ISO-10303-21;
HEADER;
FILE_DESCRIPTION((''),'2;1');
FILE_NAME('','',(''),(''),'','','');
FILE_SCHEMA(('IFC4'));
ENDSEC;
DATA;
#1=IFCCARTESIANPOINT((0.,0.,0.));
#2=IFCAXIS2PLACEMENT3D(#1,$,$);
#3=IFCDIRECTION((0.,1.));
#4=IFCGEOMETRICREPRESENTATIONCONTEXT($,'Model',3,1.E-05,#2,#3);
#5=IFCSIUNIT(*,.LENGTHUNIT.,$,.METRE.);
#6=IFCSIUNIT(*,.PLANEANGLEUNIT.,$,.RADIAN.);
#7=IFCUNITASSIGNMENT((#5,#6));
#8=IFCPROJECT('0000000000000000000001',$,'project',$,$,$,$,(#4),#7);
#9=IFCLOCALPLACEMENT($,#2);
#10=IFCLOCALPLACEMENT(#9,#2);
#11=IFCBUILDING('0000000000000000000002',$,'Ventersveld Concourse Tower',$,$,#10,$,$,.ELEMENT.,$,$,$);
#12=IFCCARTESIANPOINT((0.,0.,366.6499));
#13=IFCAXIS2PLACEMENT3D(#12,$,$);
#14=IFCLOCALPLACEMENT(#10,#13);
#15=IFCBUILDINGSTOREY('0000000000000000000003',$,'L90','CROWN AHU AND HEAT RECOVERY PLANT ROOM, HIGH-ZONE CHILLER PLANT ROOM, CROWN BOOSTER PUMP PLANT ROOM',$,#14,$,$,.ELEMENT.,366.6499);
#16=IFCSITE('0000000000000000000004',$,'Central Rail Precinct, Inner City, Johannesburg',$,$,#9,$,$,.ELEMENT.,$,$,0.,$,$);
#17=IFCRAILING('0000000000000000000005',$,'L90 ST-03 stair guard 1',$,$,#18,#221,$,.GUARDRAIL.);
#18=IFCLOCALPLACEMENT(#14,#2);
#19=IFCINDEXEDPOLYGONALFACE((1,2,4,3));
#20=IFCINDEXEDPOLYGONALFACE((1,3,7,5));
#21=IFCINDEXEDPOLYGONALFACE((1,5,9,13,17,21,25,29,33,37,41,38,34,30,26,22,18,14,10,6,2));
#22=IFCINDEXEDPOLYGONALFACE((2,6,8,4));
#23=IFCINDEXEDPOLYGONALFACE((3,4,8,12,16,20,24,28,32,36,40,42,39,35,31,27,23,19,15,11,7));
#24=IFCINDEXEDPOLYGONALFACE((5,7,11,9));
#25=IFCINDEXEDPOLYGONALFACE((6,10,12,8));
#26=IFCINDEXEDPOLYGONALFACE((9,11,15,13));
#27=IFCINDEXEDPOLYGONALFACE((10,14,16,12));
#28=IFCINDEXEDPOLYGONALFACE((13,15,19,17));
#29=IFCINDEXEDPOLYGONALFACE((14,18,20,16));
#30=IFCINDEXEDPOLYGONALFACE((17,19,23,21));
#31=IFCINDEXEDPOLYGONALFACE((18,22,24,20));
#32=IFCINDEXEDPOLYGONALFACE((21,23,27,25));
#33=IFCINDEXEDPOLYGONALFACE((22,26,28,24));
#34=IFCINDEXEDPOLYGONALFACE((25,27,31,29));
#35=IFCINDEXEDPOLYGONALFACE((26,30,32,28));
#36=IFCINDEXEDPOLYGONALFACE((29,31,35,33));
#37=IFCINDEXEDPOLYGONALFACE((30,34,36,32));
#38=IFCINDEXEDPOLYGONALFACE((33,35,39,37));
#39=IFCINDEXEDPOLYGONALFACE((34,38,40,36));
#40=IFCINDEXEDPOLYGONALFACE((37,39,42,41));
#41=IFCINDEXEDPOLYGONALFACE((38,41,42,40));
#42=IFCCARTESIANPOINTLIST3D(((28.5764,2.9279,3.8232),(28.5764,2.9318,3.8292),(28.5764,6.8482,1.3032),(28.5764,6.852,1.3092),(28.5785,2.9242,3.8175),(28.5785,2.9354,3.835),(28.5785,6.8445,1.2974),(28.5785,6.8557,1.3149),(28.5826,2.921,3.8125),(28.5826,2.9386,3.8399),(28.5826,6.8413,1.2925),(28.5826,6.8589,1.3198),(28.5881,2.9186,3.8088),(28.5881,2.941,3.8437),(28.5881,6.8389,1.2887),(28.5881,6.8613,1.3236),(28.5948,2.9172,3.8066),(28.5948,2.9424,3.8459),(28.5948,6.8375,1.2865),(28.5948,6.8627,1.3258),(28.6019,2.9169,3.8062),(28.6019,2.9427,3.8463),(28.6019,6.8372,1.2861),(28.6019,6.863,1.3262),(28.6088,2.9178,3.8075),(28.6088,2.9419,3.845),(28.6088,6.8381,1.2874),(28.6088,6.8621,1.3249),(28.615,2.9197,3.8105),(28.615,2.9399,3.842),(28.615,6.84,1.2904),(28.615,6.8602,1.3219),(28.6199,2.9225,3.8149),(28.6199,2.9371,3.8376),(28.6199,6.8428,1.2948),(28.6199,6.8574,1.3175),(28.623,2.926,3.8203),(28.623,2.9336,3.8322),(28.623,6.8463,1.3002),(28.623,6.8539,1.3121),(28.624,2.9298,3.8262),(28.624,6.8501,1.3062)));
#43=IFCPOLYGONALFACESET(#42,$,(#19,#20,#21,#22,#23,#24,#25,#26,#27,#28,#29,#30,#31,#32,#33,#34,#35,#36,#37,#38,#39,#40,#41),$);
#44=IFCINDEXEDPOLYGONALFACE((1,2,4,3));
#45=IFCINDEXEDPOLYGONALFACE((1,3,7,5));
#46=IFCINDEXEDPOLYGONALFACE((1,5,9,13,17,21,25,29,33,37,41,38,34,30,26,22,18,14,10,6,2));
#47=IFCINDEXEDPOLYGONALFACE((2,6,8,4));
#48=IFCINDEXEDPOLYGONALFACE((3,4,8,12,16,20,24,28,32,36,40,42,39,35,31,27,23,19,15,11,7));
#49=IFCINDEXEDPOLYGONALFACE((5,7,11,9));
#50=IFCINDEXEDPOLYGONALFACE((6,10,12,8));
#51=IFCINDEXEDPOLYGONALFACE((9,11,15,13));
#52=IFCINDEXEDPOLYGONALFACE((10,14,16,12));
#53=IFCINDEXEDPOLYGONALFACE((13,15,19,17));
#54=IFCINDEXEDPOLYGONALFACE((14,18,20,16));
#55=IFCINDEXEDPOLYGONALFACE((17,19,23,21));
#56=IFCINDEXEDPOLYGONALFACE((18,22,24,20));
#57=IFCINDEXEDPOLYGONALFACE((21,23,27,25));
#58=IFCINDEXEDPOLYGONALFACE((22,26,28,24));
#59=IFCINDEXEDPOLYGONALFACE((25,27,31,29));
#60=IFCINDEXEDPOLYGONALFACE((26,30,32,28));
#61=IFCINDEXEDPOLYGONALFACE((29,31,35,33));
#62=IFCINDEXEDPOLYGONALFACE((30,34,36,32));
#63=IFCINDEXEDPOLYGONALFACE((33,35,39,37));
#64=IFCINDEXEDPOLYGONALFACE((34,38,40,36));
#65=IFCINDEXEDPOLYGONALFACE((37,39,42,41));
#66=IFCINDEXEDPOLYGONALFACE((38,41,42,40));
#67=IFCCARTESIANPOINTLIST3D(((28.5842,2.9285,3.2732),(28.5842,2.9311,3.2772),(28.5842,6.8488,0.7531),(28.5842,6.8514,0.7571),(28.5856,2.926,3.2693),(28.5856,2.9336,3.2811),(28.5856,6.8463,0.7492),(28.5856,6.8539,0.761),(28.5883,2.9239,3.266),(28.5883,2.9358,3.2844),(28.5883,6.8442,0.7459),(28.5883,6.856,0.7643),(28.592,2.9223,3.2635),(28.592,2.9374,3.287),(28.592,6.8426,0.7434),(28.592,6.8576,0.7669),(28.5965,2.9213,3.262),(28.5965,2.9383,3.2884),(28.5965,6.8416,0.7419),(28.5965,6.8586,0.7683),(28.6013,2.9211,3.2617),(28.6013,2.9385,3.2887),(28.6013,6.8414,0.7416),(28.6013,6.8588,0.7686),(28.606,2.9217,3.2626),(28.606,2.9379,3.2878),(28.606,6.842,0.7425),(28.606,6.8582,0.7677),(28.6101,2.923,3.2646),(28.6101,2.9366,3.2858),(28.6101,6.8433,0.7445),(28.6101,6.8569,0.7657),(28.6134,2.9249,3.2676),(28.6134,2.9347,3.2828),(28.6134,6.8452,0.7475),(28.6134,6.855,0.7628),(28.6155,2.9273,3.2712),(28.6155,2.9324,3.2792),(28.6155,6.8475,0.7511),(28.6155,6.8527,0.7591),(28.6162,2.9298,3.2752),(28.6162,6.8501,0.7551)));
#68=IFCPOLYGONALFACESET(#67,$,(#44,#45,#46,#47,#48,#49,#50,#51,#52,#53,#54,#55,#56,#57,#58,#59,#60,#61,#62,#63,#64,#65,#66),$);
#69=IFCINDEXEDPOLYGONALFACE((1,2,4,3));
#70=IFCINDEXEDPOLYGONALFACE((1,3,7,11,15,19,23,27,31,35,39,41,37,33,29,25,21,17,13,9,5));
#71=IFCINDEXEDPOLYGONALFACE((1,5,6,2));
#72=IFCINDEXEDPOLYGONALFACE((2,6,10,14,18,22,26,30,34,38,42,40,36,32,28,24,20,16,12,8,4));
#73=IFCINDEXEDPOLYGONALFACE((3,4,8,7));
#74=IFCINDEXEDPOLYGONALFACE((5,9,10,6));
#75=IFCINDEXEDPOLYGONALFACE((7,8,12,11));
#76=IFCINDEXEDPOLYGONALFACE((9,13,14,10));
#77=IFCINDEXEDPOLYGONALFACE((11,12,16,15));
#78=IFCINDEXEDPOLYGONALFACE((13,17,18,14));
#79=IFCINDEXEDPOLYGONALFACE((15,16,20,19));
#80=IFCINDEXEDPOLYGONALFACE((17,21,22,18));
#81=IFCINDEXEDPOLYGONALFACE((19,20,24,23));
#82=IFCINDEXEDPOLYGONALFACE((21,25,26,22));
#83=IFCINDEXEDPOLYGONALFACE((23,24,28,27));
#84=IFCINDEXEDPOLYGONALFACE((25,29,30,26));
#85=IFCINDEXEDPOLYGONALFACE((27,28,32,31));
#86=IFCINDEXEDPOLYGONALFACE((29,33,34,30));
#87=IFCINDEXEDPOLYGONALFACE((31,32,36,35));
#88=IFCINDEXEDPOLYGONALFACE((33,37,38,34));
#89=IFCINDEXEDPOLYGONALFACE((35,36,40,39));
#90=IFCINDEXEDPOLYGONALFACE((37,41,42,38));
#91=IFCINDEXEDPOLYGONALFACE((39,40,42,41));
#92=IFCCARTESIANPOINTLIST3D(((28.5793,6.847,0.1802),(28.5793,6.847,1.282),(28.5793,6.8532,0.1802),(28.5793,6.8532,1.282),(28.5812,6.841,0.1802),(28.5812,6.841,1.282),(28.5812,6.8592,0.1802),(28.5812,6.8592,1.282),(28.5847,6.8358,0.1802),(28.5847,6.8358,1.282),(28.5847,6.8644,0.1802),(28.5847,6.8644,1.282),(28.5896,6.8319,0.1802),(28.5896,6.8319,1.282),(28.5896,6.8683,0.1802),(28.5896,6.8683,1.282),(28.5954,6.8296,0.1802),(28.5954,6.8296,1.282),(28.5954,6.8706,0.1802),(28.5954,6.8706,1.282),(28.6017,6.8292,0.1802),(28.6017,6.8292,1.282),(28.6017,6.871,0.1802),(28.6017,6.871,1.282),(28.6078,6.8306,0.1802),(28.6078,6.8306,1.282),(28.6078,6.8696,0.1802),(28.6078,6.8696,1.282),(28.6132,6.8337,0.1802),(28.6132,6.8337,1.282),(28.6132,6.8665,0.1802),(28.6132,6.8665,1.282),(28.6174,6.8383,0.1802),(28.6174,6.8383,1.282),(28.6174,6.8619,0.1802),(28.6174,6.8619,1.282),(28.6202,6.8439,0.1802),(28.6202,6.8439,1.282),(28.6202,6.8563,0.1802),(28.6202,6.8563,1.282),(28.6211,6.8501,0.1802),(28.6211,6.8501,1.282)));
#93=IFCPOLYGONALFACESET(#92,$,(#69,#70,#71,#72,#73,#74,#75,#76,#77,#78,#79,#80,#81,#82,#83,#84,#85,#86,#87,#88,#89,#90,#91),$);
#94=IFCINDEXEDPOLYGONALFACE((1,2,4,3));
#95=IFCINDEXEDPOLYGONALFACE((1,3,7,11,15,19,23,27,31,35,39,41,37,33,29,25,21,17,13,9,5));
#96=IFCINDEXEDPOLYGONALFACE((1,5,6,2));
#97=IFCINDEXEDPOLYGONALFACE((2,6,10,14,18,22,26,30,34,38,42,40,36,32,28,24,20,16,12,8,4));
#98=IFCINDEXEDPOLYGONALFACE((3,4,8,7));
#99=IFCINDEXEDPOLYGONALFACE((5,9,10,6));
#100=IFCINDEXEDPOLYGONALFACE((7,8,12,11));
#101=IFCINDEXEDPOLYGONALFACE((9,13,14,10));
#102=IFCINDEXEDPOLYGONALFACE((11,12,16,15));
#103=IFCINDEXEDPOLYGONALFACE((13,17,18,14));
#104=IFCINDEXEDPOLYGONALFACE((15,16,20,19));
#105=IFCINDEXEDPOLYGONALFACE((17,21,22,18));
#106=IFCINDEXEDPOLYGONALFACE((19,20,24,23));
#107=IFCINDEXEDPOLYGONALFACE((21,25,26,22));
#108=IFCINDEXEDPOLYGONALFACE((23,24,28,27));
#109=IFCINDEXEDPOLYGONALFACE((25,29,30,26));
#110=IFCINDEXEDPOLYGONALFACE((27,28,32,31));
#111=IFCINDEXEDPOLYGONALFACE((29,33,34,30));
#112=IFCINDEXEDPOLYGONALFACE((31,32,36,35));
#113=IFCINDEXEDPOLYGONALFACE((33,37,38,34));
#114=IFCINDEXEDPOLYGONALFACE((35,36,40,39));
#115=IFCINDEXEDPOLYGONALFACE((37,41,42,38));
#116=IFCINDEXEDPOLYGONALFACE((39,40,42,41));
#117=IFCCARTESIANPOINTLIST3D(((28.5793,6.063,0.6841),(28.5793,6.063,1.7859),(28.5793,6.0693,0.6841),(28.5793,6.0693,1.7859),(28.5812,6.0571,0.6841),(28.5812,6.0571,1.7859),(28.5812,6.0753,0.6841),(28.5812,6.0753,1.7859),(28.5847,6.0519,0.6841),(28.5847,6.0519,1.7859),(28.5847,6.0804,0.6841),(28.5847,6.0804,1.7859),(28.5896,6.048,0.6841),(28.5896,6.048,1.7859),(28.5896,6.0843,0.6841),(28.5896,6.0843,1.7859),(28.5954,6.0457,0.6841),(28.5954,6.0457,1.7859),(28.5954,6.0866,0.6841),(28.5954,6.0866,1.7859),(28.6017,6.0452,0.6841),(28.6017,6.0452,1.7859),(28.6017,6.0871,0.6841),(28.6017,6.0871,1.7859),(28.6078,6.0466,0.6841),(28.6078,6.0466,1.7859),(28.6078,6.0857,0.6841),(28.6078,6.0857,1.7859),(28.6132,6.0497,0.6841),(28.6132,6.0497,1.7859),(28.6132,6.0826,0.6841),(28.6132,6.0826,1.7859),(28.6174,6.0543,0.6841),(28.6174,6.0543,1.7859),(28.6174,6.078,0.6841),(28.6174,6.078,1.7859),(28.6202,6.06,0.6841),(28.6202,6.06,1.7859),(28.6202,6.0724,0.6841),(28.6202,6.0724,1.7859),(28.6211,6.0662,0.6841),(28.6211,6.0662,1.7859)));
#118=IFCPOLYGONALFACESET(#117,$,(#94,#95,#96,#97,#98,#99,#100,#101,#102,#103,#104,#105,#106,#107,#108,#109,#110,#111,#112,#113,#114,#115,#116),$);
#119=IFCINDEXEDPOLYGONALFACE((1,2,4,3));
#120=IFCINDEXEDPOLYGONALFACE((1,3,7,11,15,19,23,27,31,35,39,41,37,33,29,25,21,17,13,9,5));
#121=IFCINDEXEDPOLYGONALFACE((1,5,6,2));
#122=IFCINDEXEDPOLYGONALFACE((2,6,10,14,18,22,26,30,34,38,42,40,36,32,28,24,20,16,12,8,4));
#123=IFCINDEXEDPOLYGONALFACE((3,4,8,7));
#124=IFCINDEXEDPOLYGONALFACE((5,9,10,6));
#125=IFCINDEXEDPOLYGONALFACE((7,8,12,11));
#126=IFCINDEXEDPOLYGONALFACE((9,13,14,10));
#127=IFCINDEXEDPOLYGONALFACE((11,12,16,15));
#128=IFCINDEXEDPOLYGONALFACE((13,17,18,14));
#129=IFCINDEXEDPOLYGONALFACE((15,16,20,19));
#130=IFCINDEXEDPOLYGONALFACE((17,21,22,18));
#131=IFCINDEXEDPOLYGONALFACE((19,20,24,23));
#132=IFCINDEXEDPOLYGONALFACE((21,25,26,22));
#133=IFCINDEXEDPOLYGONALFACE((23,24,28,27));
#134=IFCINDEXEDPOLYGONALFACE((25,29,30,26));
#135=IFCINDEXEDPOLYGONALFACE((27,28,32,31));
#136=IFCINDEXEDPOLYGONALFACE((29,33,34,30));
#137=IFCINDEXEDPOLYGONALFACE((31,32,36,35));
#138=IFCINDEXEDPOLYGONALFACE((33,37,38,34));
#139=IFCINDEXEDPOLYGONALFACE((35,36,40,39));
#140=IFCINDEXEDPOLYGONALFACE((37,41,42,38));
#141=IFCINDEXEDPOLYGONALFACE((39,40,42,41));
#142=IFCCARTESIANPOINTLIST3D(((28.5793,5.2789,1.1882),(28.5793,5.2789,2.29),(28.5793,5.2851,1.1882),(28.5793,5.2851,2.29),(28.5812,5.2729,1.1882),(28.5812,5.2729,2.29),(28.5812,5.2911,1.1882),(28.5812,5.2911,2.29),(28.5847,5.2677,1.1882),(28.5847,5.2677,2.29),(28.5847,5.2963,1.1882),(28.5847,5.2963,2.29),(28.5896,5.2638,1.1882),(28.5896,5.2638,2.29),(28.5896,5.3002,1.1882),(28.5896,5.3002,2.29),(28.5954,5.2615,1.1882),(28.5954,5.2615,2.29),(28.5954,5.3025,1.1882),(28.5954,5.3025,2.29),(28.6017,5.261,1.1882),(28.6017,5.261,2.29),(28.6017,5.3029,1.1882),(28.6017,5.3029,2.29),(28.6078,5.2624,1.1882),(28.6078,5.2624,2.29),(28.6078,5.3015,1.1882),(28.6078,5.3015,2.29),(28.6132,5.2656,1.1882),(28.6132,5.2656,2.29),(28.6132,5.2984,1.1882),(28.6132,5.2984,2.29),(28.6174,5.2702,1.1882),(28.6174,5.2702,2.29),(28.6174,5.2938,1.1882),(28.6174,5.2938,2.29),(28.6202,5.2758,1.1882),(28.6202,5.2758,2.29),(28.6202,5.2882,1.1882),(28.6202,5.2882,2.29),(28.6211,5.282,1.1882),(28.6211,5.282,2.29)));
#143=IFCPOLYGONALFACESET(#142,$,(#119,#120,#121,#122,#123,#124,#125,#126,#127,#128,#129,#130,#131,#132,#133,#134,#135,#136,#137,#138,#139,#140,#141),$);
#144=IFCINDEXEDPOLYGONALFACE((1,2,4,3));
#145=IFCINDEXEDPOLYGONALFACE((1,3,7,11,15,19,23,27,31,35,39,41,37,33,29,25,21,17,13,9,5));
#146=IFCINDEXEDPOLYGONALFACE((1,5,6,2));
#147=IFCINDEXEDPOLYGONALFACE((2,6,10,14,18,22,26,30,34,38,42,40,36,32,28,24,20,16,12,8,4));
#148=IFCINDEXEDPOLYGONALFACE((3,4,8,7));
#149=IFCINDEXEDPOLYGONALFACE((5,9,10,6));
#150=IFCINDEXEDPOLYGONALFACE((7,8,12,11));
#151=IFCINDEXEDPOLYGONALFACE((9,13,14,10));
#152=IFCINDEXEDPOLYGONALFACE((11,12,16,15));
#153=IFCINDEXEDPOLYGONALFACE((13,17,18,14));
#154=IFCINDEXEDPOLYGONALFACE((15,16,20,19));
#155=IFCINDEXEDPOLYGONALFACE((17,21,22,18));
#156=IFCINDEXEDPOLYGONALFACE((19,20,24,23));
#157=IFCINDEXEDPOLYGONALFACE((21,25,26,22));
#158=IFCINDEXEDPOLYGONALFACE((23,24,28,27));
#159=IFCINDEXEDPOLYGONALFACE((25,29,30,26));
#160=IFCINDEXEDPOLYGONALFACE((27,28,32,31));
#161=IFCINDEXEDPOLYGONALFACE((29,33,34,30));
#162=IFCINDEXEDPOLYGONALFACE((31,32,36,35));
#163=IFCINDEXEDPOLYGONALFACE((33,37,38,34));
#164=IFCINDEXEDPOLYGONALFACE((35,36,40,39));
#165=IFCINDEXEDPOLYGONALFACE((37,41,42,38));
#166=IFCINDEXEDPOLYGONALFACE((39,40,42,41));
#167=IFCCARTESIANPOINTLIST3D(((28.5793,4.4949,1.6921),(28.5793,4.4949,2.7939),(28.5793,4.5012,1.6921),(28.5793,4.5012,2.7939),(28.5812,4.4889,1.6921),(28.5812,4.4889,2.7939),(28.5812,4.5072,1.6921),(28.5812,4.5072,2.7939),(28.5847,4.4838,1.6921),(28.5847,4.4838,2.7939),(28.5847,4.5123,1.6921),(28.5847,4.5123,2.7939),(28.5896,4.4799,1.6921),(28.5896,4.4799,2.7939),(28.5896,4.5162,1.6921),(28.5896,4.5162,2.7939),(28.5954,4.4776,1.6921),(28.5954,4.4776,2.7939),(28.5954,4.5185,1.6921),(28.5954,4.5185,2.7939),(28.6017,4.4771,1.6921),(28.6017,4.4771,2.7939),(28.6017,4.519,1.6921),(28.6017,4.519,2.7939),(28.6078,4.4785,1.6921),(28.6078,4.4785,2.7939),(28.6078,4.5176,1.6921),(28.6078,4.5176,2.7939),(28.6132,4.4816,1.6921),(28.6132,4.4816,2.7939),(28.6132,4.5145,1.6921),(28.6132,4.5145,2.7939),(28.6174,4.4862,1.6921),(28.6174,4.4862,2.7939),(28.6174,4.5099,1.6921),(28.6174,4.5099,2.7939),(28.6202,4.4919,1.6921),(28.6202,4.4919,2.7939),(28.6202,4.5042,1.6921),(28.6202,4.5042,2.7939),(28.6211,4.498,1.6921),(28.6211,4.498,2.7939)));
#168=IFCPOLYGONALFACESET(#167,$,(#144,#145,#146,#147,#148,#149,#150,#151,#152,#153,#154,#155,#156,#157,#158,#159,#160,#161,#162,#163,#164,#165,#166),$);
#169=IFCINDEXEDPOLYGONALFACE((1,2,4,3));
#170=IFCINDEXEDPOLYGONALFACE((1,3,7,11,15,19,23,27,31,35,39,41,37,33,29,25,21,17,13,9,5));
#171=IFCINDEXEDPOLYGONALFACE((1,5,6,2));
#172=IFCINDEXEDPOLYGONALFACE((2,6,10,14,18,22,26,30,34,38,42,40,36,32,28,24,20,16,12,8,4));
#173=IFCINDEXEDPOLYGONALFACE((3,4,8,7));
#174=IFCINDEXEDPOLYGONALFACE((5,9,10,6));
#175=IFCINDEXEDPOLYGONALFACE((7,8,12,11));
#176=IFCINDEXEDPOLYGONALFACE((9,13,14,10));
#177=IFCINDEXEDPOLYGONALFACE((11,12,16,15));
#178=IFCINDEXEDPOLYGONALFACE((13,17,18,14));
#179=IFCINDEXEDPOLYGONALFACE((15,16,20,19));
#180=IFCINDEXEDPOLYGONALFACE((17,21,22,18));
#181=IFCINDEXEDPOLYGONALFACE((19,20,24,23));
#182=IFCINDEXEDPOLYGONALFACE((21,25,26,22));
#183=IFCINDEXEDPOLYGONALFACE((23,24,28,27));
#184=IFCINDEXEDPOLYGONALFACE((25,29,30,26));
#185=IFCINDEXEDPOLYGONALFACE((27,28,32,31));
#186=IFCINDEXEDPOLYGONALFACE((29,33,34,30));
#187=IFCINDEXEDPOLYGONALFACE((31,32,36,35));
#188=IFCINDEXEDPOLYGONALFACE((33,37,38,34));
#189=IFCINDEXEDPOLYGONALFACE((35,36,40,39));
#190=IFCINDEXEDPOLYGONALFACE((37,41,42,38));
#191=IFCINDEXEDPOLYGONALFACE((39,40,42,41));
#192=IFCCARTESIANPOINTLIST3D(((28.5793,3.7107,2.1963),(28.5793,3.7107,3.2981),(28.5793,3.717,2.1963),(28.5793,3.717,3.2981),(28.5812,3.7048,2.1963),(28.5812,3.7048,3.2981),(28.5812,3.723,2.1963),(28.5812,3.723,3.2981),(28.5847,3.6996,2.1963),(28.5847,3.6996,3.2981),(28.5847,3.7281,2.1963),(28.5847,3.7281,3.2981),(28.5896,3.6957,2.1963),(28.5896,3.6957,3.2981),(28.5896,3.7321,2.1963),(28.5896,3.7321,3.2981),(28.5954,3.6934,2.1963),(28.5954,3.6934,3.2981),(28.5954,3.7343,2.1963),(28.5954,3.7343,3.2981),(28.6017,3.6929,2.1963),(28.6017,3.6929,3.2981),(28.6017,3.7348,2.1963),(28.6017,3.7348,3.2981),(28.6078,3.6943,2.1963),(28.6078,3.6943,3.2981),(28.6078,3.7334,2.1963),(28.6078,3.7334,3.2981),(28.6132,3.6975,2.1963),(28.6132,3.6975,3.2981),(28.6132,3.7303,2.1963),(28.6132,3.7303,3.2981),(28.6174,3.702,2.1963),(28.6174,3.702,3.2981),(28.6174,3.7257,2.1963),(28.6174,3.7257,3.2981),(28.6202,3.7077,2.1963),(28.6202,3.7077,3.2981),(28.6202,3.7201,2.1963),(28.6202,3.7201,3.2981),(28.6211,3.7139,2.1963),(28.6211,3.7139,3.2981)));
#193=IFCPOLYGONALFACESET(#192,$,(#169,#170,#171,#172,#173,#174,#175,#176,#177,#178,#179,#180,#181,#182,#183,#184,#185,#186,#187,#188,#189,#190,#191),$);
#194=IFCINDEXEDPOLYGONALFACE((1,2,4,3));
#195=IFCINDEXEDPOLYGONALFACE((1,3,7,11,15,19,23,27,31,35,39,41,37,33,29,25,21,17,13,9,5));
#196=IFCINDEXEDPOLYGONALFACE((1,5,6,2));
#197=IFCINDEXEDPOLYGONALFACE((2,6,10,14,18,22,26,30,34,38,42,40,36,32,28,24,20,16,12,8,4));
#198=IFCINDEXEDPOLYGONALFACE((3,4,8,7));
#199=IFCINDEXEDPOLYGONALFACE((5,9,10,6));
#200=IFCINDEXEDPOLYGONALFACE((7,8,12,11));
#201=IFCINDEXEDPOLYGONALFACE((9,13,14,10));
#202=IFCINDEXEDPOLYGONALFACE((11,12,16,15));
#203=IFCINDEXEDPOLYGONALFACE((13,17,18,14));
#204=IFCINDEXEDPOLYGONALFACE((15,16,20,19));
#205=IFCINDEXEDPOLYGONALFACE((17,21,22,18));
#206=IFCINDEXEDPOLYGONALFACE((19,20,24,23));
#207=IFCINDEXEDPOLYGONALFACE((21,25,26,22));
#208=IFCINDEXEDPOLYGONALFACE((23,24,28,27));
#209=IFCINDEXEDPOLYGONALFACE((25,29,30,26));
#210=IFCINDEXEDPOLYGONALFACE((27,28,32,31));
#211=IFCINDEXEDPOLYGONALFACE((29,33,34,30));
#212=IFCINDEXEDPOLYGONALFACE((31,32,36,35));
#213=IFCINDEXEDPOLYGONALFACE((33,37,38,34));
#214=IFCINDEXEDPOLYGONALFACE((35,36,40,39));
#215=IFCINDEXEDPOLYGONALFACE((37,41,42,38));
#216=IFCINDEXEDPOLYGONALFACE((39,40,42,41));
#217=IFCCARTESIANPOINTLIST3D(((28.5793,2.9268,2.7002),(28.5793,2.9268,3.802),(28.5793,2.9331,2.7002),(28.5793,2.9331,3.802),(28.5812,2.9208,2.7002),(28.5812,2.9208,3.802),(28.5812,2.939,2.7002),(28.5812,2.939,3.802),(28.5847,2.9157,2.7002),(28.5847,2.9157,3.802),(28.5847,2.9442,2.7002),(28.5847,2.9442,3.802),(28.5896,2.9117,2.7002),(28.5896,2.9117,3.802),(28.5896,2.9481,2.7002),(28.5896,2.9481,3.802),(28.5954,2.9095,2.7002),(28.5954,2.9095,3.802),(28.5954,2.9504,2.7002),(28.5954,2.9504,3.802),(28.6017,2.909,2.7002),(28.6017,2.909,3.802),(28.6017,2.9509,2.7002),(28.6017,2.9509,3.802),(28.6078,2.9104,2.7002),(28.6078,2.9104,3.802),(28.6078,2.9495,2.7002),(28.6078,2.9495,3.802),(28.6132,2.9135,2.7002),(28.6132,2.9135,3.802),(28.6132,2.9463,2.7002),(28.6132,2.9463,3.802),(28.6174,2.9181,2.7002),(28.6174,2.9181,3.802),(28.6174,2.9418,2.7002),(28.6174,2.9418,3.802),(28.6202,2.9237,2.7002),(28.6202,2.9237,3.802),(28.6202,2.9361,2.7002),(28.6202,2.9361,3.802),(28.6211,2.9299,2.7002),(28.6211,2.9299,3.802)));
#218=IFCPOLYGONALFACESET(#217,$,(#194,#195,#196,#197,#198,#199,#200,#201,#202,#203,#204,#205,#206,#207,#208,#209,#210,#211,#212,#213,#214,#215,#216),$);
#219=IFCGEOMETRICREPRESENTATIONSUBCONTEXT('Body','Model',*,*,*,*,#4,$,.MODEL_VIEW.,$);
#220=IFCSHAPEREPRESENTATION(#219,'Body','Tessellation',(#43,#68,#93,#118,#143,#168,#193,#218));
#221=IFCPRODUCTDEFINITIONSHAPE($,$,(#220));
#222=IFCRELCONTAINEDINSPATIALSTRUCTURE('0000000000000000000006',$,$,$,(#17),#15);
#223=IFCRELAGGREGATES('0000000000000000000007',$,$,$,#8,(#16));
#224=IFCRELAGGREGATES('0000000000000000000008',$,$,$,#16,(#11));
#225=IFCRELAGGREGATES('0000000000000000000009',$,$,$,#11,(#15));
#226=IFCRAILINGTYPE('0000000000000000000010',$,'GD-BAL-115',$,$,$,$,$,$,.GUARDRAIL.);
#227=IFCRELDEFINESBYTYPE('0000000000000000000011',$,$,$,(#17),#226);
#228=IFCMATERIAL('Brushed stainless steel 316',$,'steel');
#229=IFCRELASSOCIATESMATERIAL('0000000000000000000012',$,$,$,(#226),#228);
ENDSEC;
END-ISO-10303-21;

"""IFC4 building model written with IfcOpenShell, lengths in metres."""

from ifc_helpers import new_model, si_unit, direction, frame, origin, origin_2d, place, context, subcontext, project, spatial, circle, extrude, material, type_object, element, save


model = new_model("IFC4")

# Units and contexts
model_context = context("Model", 3, precision=1e-05, world=origin(), true_north=direction((0.0, 1.0)))
body_context = subcontext(model_context, "Body", "Model", "MODEL_VIEW")
ifc_project = project(units=[si_unit("LENGTHUNIT", "METRE"), si_unit("PLANEANGLEUNIT", "RADIAN")], contexts=[model_context])

# Site, building, storey
site_placement = place(None, origin())
site = spatial("IfcSite", under=ifc_project, at=site_placement, Name="Central Rail Precinct, Inner City, Johannesburg", CompositionType="ELEMENT", RefElevation=0.0)
building_placement = place(site_placement, origin())
building = spatial("IfcBuilding", under=site, at=building_placement, Name="Ventersveld Concourse Tower", CompositionType="ELEMENT")
storey_placement = place(building_placement, frame((0.0, 0.0, 366.6499)))
storey = spatial("IfcBuildingStorey", under=building, at=storey_placement, Name="L90", Description="CROWN AHU AND HEAT RECOVERY PLANT ROOM, HIGH-ZONE CHILLER PLANT ROOM, CROWN BOOSTER PUMP PLANT ROOM", CompositionType="ELEMENT", Elevation=366.6499)

# Shared definitions
ifc_material_1 = material(Name="Brushed stainless steel 316", Category="steel")

# Railing
railing_type_1 = type_object("IfcRailingType", Name="GD-BAL-115", PredefinedType="GUARDRAIL", material=ifc_material_1)
railing_1_placement = place(storey_placement, frame((28.6001, 6.8501, 0.1802)))
element("IfcRailing", 1, at=railing_1_placement, inside=storey, type_object=railing_type_1, Name="L90 ST-03 stair guard 1", PredefinedType="GUARDRAIL", context=body_context, shape_type="SweptSolid", body=[
    extrude(circle(Radius=0.0239, at=origin_2d()), frame((0.0, 0.0, 1.126), z_axis=(0.0, -0.841187, 0.540744), x_axis=(1.0, 0.0, 0.0)), (0.0, 0.0, 1.0), 4.6604),
    extrude(circle(Radius=0.0161, at=origin_2d()), frame((0.0, 0.0, 0.575), z_axis=(0.0, -0.841187, 0.540744), x_axis=(1.0, 0.0, 0.0)), (0.0, 0.0, 1.0), 4.6604),
    extrude(circle(Radius=0.021, at=origin_2d()), origin(), (0.0, 0.0, 1.0), 1.1018),
    extrude(circle(Radius=0.021, at=origin_2d()), frame((0.0, -0.7839, 0.5039)), (0.0, 0.0, 1.0), 1.1018),
    extrude(circle(Radius=0.021, at=origin_2d()), frame((0.0, -1.5681, 1.0081)), (0.0, 0.0, 1.0), 1.1018),
    extrude(circle(Radius=0.021, at=origin_2d()), frame((0.0, -2.3521, 1.512)), (0.0, 0.0, 1.0), 1.1018),
    extrude(circle(Radius=0.021, at=origin_2d()), frame((0.0, -3.1362, 2.0161)), (0.0, 0.0, 1.0), 1.1018),
    extrude(circle(Radius=0.021, at=origin_2d()), frame((0.0, -3.9202, 2.52)), (0.0, 0.0, 1.0), 1.1018),
])

save(model, "model.ifc")
